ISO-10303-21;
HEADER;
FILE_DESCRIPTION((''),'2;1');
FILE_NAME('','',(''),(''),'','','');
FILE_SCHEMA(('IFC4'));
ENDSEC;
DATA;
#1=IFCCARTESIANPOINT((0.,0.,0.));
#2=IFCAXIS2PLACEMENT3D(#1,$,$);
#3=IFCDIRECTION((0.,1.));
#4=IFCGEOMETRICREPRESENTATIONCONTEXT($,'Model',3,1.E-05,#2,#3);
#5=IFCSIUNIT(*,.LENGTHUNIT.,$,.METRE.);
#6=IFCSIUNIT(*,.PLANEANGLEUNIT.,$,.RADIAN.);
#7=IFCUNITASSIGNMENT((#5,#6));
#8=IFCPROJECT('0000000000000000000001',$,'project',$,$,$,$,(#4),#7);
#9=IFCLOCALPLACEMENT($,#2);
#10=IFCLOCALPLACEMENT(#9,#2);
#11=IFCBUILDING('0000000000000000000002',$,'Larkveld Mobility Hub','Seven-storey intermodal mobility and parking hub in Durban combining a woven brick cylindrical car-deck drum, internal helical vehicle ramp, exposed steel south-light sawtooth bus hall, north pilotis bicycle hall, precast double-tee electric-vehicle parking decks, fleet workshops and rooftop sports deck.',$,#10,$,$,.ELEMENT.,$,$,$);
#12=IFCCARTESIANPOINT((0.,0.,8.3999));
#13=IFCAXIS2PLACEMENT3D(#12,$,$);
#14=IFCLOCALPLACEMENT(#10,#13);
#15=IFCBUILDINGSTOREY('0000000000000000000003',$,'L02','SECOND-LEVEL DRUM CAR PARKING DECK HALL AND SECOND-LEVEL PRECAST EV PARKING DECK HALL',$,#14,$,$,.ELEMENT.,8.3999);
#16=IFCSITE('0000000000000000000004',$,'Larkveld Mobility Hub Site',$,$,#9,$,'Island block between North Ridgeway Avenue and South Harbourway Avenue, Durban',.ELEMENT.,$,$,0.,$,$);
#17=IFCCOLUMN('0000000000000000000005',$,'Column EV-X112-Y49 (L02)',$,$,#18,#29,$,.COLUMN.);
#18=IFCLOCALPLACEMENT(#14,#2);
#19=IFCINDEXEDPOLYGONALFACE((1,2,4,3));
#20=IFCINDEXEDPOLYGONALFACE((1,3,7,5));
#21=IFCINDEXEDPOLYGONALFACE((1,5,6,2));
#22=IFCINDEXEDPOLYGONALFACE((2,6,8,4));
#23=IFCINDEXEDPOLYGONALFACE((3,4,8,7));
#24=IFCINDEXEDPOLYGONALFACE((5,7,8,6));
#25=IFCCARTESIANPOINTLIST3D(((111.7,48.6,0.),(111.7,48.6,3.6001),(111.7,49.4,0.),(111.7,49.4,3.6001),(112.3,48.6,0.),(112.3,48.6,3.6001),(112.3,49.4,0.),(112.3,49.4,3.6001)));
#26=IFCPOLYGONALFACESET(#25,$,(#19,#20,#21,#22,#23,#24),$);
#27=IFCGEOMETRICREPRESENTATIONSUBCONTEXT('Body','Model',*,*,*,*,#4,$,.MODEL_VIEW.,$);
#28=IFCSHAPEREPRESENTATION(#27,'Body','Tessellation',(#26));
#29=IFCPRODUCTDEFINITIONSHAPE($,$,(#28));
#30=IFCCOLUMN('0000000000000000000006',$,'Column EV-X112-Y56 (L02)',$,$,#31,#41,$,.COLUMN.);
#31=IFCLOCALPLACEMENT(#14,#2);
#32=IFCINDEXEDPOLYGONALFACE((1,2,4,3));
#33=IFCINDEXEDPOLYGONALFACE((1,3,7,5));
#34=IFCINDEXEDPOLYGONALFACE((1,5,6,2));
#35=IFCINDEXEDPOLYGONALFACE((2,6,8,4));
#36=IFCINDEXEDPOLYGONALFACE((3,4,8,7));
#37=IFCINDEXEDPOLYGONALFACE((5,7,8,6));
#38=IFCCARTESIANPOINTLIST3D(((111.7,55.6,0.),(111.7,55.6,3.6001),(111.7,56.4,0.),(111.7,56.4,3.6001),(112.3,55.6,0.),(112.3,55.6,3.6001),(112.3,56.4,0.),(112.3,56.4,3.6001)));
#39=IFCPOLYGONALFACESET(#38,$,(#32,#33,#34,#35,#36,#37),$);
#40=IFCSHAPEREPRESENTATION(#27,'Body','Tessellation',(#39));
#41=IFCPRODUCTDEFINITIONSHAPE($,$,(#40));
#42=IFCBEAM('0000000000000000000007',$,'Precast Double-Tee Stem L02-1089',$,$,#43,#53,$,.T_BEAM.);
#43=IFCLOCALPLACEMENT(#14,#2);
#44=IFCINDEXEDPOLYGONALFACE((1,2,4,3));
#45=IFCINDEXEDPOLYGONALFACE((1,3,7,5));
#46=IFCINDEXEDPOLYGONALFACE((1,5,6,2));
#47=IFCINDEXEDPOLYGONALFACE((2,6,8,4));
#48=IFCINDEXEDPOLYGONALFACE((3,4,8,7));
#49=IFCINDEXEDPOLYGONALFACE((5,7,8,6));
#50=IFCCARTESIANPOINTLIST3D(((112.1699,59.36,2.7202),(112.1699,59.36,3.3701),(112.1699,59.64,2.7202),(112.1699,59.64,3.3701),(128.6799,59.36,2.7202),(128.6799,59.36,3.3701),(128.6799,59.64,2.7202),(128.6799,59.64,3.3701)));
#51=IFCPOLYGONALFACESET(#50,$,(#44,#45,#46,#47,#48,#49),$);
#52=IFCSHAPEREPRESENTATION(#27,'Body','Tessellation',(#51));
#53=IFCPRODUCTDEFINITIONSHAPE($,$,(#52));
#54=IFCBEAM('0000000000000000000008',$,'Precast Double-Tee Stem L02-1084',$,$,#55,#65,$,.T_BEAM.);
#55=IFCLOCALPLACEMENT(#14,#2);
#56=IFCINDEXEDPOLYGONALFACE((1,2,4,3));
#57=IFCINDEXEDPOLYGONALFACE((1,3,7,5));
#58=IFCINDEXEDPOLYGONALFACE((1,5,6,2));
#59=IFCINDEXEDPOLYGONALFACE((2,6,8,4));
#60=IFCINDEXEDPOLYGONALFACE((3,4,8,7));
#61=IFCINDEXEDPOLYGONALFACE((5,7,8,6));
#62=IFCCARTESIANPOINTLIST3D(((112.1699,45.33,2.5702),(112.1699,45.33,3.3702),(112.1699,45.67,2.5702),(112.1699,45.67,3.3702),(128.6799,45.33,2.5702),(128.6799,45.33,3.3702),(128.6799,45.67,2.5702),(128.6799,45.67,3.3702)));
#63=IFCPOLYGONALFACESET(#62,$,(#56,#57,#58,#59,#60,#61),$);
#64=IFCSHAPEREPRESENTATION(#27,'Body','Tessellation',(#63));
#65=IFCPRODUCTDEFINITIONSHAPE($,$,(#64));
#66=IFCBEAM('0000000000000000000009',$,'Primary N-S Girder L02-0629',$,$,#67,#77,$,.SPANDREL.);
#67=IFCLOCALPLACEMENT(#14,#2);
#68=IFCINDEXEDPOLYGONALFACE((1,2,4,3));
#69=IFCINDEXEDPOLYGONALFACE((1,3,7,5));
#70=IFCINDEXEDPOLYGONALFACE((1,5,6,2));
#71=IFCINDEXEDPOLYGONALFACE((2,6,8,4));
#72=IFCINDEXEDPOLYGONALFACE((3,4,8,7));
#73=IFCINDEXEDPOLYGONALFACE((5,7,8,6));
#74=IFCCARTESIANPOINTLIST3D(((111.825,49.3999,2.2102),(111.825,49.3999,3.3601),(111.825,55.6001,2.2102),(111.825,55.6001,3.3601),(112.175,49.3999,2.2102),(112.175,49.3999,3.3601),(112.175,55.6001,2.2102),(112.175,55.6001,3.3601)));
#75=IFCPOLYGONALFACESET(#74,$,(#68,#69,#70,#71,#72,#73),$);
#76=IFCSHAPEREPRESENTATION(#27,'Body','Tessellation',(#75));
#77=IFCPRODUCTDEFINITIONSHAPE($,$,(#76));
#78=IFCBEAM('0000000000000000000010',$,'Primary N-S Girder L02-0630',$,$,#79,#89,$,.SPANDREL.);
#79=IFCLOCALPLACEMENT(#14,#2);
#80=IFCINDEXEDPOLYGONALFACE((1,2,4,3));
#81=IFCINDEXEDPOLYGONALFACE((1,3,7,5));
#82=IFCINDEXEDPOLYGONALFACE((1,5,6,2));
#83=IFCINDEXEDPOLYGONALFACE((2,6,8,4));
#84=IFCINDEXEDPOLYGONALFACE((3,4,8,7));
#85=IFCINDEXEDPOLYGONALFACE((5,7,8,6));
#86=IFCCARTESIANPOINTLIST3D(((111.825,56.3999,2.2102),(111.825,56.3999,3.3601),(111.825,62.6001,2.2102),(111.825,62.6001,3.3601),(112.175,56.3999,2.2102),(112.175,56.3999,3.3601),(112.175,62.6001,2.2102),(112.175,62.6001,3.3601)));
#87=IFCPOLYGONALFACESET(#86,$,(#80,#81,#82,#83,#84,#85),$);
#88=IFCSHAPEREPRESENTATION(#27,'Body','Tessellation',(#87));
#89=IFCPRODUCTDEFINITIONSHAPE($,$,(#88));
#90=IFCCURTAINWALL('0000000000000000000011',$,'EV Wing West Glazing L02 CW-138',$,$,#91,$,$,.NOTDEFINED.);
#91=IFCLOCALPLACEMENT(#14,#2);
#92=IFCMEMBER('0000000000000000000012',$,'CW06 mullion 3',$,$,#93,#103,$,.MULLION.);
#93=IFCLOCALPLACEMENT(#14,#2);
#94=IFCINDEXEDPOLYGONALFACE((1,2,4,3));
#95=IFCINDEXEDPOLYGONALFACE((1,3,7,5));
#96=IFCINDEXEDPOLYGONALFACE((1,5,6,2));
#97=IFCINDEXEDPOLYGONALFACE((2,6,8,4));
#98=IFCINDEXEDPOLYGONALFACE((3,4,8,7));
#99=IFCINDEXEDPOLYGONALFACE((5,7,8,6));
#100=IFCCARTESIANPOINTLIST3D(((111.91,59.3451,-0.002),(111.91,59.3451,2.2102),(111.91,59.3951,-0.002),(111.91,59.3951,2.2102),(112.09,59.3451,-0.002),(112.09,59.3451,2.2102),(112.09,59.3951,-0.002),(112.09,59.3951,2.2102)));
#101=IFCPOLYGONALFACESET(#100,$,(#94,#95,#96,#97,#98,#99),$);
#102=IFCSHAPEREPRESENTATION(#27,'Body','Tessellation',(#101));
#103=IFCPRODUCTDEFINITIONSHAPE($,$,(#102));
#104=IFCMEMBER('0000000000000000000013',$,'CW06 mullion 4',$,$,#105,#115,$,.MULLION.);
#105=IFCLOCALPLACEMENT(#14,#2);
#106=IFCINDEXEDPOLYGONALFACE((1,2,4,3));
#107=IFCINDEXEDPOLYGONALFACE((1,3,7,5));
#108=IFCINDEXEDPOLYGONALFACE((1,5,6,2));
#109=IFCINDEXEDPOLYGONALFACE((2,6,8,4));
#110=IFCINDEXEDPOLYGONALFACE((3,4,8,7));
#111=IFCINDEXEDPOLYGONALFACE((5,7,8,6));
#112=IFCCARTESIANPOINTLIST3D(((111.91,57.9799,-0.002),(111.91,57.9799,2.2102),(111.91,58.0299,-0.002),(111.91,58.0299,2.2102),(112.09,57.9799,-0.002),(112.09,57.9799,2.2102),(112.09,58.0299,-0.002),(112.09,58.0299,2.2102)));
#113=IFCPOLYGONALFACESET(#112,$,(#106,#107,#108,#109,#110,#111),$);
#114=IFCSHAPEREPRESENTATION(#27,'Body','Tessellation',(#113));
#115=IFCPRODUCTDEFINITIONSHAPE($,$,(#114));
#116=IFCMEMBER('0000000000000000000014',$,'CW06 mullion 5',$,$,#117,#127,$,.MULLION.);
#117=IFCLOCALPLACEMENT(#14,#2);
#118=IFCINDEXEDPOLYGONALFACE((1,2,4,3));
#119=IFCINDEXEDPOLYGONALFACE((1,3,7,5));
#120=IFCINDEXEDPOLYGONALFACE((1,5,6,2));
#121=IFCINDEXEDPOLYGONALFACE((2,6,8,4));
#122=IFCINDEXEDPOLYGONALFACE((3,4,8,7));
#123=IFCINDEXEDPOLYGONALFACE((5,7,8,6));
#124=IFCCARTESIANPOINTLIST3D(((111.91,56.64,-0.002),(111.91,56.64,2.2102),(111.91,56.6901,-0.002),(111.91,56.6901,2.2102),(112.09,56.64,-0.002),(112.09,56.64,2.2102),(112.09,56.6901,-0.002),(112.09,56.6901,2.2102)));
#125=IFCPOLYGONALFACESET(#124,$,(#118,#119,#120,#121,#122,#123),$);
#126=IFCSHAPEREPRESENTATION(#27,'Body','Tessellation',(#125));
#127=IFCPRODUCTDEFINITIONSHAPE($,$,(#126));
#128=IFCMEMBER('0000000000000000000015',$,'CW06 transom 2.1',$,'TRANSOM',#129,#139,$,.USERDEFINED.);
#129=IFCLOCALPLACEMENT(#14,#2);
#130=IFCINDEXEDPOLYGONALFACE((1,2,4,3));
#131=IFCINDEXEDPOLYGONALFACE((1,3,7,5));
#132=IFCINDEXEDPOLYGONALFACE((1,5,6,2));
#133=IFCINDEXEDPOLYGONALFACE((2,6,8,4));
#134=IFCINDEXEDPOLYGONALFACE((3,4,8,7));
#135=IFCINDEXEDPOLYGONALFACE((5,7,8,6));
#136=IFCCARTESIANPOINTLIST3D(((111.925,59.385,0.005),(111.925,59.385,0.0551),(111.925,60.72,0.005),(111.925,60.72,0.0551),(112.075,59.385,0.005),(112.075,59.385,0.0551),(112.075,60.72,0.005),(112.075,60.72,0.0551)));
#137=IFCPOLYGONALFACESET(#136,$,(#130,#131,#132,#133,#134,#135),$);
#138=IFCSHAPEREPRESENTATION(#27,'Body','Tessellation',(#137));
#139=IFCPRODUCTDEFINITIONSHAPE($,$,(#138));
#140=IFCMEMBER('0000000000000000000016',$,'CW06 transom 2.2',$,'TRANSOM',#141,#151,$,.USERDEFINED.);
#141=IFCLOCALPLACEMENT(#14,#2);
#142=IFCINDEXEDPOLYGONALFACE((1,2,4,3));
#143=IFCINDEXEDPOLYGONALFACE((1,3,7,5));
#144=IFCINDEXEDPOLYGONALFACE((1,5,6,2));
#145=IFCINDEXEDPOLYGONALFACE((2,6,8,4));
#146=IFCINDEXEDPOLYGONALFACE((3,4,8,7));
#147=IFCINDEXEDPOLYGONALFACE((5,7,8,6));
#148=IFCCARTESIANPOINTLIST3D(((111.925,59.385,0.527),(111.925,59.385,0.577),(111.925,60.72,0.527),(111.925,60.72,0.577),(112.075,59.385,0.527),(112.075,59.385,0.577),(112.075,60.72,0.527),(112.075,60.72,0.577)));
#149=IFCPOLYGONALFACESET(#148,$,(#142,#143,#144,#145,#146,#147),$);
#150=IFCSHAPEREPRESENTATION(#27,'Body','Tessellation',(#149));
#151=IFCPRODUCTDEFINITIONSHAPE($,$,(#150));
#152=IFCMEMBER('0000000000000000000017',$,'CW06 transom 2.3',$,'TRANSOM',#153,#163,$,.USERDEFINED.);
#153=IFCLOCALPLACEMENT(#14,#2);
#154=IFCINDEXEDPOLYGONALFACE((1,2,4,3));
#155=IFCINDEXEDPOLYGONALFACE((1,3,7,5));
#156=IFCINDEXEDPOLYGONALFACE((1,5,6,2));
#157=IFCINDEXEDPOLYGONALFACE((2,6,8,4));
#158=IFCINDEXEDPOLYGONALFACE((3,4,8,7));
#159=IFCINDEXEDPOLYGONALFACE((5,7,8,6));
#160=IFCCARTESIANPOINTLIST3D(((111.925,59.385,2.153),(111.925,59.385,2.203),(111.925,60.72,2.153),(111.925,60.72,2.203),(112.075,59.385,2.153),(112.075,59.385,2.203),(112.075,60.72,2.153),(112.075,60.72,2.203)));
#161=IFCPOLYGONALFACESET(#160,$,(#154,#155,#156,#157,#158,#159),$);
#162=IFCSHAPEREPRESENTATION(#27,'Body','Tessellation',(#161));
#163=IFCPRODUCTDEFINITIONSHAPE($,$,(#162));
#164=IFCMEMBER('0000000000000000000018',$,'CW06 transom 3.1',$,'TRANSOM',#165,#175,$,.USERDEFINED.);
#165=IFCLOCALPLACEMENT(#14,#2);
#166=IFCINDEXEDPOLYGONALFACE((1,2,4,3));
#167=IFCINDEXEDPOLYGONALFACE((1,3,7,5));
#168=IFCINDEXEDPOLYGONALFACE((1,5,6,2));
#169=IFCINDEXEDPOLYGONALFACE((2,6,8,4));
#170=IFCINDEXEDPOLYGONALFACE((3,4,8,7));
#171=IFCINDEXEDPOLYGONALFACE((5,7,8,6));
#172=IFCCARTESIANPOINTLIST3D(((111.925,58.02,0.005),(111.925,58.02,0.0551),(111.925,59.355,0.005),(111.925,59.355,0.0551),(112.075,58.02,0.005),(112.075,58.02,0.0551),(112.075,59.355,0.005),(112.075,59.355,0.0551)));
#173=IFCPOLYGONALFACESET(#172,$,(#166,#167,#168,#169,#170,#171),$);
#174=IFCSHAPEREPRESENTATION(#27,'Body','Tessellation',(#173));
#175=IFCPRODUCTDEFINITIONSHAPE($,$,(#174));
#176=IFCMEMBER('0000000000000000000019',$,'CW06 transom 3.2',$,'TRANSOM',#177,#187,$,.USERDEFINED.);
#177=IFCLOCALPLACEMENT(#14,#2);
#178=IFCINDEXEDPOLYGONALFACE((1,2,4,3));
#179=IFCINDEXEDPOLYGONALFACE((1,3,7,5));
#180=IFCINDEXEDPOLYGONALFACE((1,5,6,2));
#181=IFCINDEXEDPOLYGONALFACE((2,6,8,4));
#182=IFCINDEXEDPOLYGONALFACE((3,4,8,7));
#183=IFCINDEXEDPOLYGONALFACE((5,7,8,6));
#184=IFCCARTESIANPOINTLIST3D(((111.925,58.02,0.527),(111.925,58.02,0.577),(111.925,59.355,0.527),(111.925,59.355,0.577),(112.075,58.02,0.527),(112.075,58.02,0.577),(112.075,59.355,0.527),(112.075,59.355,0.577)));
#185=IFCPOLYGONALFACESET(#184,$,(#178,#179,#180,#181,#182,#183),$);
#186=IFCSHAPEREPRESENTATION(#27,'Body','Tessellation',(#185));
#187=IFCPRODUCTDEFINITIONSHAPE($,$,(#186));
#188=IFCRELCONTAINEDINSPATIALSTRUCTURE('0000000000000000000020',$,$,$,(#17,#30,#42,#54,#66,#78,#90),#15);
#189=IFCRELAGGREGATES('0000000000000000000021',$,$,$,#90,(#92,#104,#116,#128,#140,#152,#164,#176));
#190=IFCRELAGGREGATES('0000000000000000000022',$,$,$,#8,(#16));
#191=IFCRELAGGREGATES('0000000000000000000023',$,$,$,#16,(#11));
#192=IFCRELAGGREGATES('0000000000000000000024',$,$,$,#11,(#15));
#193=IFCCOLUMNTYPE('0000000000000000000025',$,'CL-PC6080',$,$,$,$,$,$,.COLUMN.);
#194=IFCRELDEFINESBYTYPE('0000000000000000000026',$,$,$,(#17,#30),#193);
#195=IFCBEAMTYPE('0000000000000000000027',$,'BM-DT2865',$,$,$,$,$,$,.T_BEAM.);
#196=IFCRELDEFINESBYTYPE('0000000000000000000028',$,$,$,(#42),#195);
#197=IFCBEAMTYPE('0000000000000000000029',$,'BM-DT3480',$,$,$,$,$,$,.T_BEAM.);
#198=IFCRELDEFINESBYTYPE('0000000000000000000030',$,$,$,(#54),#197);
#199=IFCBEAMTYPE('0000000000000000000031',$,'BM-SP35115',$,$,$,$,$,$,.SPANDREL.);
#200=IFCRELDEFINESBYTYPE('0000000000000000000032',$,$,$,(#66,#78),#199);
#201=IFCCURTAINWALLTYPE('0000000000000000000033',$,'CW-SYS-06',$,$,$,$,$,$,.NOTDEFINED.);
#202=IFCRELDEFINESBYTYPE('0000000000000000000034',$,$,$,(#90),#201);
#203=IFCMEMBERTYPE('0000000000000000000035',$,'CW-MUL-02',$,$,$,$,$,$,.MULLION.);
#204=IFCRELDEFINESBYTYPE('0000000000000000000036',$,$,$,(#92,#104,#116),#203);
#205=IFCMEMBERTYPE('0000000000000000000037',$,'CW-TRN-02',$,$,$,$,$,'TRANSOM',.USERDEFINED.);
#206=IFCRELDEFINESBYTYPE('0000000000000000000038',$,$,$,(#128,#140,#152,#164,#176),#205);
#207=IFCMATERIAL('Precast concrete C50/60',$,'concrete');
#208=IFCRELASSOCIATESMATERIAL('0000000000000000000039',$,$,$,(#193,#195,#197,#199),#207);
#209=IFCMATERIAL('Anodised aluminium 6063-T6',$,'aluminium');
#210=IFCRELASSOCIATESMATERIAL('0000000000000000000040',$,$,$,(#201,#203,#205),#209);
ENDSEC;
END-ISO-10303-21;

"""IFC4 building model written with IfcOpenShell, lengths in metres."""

from ifc_helpers import new_model, si_unit, direction, frame, origin, origin_2d, place, context, subcontext, project, spatial, rectangle, extrude, material, material_profile, profile_set, type_object, element, aggregate, save


model = new_model("IFC4")

# Units and contexts
model_context = context("Model", 3, precision=1e-05, world=origin(), true_north=direction((0.0, 1.0)))
body_context = subcontext(model_context, "Body", "Model", "MODEL_VIEW")
ifc_project = project(units=[si_unit("LENGTHUNIT", "METRE"), si_unit("PLANEANGLEUNIT", "RADIAN")], contexts=[model_context])

# Site, building, storey
site_placement = place(None, origin())
site = spatial("IfcSite", under=ifc_project, at=site_placement, Name="Larkveld Mobility Hub Site", LongName="Island block between North Ridgeway Avenue and South Harbourway Avenue, Durban", CompositionType="ELEMENT", RefElevation=0.0)
building_placement = place(site_placement, origin())
building = spatial("IfcBuilding", under=site, at=building_placement, Name="Larkveld Mobility Hub", Description="Seven-storey intermodal mobility and parking hub in Durban combining a woven brick cylindrical car-deck drum, internal helical vehicle ramp, exposed steel south-light sawtooth bus hall, north pilotis bicycle hall, precast double-tee electric-vehicle parking decks, fleet workshops and rooftop sports deck.", CompositionType="ELEMENT")
storey_placement = place(building_placement, frame((0.0, 0.0, 8.3999)))
storey = spatial("IfcBuildingStorey", under=building, at=storey_placement, Name="L02", Description="SECOND-LEVEL DRUM CAR PARKING DECK HALL AND SECOND-LEVEL PRECAST EV PARKING DECK HALL", CompositionType="ELEMENT", Elevation=8.3999)

# Columns
ifc_material_1 = material(Name="Precast concrete C50/60", Category="concrete")
ifc_material_profile_1 = material_profile(ifc_material_1, rectangle(XDim=0.6001, YDim=0.8, at=origin_2d()), Name="RC COL 600x800")
ifc_profile_set_1 = profile_set([ifc_material_profile_1], Name="Precast concrete C50/60")
column_type = type_object("IfcColumnType", Name="CL-PC6080", PredefinedType="COLUMN", material=ifc_profile_set_1)
for number, where, z_axis, x_axis, name in (
    (1, (112.0, 49.0, 0.0), (0.0, 0.0, 1.0), (1.0, 0.0, 0.0), "Column EV-X112-Y49 (L02)"),
    (2, (112.0, 56.0, 0.0), (0.0, 0.0, 1.0), (1.0, 0.0, 0.0), "Column EV-X112-Y56 (L02)"),
):
    element("IfcColumn", number, at=place(storey_placement, frame(where, z_axis=z_axis, x_axis=x_axis)), inside=storey, type_object=column_type, Name=name, PredefinedType="COLUMN", context=body_context, shape_type="SweptSolid", body=[
        extrude(rectangle(XDim=0.6001, YDim=0.8, at=origin_2d()), origin(), (0.0, 0.0, 1.0), 3.6001),
    ])

# Beams
ifc_material_profile_2 = material_profile(ifc_material_1, rectangle(XDim=0.28, YDim=0.6499, at=origin_2d()), Name="PC DT 280x650")
ifc_profile_set_2 = profile_set([ifc_material_profile_2], Name="Precast concrete C50/60")
beam_type_1 = type_object("IfcBeamType", Name="BM-DT2865", PredefinedType="T_BEAM", material=ifc_profile_set_2)
beam_1_placement = place(storey_placement, frame((112.1699, 59.5, 3.0452), z_axis=(1.0, 0.0, 0.0), x_axis=(0.0, 1.0, 0.0)))
element("IfcBeam", 3, at=beam_1_placement, inside=storey, type_object=beam_type_1, Name="Precast Double-Tee Stem L02-1089", PredefinedType="T_BEAM", context=body_context, shape_type="SweptSolid", body=[
    extrude(rectangle(XDim=0.28, YDim=0.6499, at=origin_2d()), origin(), (0.0, 0.0, 1.0), 16.51),
])
ifc_material_profile_3 = material_profile(ifc_material_1, rectangle(XDim=0.3401, YDim=0.8, at=origin_2d()), Name="PC DT 340x800")
ifc_profile_set_3 = profile_set([ifc_material_profile_3], Name="Precast concrete C50/60")
beam_type_2 = type_object("IfcBeamType", Name="BM-DT3480", PredefinedType="T_BEAM", material=ifc_profile_set_3)
beam_2_placement = place(storey_placement, frame((112.1699, 45.5, 2.9702), z_axis=(1.0, 0.0, 0.0), x_axis=(0.0, 1.0, 0.0)))
element("IfcBeam", 4, at=beam_2_placement, inside=storey, type_object=beam_type_2, Name="Precast Double-Tee Stem L02-1084", PredefinedType="T_BEAM", context=body_context, shape_type="SweptSolid", body=[
    extrude(rectangle(XDim=0.3401, YDim=0.8, at=origin_2d()), origin(), (0.0, 0.0, 1.0), 16.51),
])
ifc_material_profile_4 = material_profile(ifc_material_1, rectangle(XDim=0.3501, YDim=1.1499, at=origin_2d()), Name="PC SP 350x1150")
ifc_profile_set_4 = profile_set([ifc_material_profile_4], Name="Precast concrete C50/60")
beam_type_3 = type_object("IfcBeamType", Name="BM-SP35115", PredefinedType="SPANDREL", material=ifc_profile_set_4)
for number, where, z_axis, x_axis, name in (
    (5, (112.0, 49.3999, 2.7852), (0.0, 1.0, 0.0), (-1.0, 0.0, 0.0), "Primary N-S Girder L02-0629"),
    (6, (112.0, 56.3999, 2.7852), (0.0, 1.0, 0.0), (-1.0, 0.0, 0.0), "Primary N-S Girder L02-0630"),
):
    element("IfcBeam", number, at=place(storey_placement, frame(where, z_axis=z_axis, x_axis=x_axis)), inside=storey, type_object=beam_type_3, Name=name, PredefinedType="SPANDREL", context=body_context, shape_type="SweptSolid", body=[
        extrude(rectangle(XDim=0.3501, YDim=1.1499, at=origin_2d()), origin(), (0.0, 0.0, 1.0), 6.2002),
    ])

# Curtain wall, members
ifc_material_2 = material(Name="Anodised aluminium 6063-T6", Category="aluminium")
curtain_wall_type = type_object("IfcCurtainWallType", Name="CW-SYS-06", PredefinedType="NOTDEFINED", material=ifc_material_2)
curtain_wall_placement = place(storey_placement, origin())
curtain_wall = element("IfcCurtainWall", 7, at=curtain_wall_placement, inside=storey, type_object=curtain_wall_type, Name="EV Wing West Glazing L02 CW-138", PredefinedType="NOTDEFINED")
ifc_material_profile_5 = material_profile(ifc_material_2, rectangle(XDim=0.05, YDim=0.1799, at=origin_2d()), Name="ALU MULL 50x180")
ifc_profile_set_5 = profile_set([ifc_material_profile_5], Name="Anodised aluminium 6063-T6")
member_type_1 = type_object("IfcMemberType", Name="CW-MUL-02", PredefinedType="MULLION", material=ifc_profile_set_5)
member_1_placement = place(storey_placement, frame((112.0, 59.3701, -0.002), z_axis=(0.0, 0.0, 1.0), x_axis=(0.0, -1.0, 0.0)))
member_1 = element("IfcMember", 8, at=member_1_placement, type_object=member_type_1, Name="CW06 mullion 3", PredefinedType="MULLION", context=body_context, shape_type="SweptSolid", body=[
    extrude(rectangle(XDim=0.05, YDim=0.1799, at=origin_2d()), origin(), (0.0, 0.0, 1.0), 2.2122),
])
member_2_placement = place(storey_placement, frame((112.0, 58.0049, -0.002), z_axis=(0.0, 0.0, 1.0), x_axis=(0.0, -1.0, 0.0)))
member_2 = element("IfcMember", 9, at=member_2_placement, type_object=member_type_1, Name="CW06 mullion 4", PredefinedType="MULLION", context=body_context, shape_type="SweptSolid", body=[
    extrude(rectangle(XDim=0.05, YDim=0.1799, at=origin_2d()), origin(), (0.0, 0.0, 1.0), 2.2122),
])
member_3_placement = place(storey_placement, frame((112.0, 56.665, -0.002), z_axis=(0.0, 0.0, 1.0), x_axis=(0.0, -1.0, 0.0)))
member_3 = element("IfcMember", 10, at=member_3_placement, type_object=member_type_1, Name="CW06 mullion 5", PredefinedType="MULLION", context=body_context, shape_type="SweptSolid", body=[
    extrude(rectangle(XDim=0.05, YDim=0.1799, at=origin_2d()), origin(), (0.0, 0.0, 1.0), 2.2122),
])
ifc_material_profile_6 = material_profile(ifc_material_2, rectangle(XDim=0.1499, YDim=0.05, at=origin_2d()), Name="ALU TRAN 50x150")
ifc_profile_set_6 = profile_set([ifc_material_profile_6], Name="Anodised aluminium 6063-T6")
member_type_2 = type_object("IfcMemberType", Name="CW-TRN-02", ElementType="TRANSOM", PredefinedType="USERDEFINED", material=ifc_profile_set_6)
member_4_placement = place(storey_placement, frame((112.0, 60.72, 0.03), z_axis=(0.0, -1.0, 0.0), x_axis=(1.0, 0.0, 0.0)))
member_4 = element("IfcMember", 11, at=member_4_placement, type_object=member_type_2, Name="CW06 transom 2.1", ObjectType="TRANSOM", PredefinedType="USERDEFINED", context=body_context, shape_type="SweptSolid", body=[
    extrude(rectangle(XDim=0.1499, YDim=0.05, at=origin_2d()), origin(), (0.0, 0.0, 1.0), 1.335),
])
member_5_placement = place(storey_placement, frame((112.0, 60.72, 0.552), z_axis=(0.0, -1.0, 0.0), x_axis=(1.0, 0.0, 0.0)))
member_5 = element("IfcMember", 12, at=member_5_placement, type_object=member_type_2, Name="CW06 transom 2.2", ObjectType="TRANSOM", PredefinedType="USERDEFINED", context=body_context, shape_type="SweptSolid", body=[
    extrude(rectangle(XDim=0.1499, YDim=0.05, at=origin_2d()), origin(), (0.0, 0.0, 1.0), 1.335),
])
member_6_placement = place(storey_placement, frame((112.0, 60.72, 2.178), z_axis=(0.0, -1.0, 0.0), x_axis=(1.0, 0.0, 0.0)))
member_6 = element("IfcMember", 13, at=member_6_placement, type_object=member_type_2, Name="CW06 transom 2.3", ObjectType="TRANSOM", PredefinedType="USERDEFINED", context=body_context, shape_type="SweptSolid", body=[
    extrude(rectangle(XDim=0.1499, YDim=0.05, at=origin_2d()), origin(), (0.0, 0.0, 1.0), 1.335),
])
member_7_placement = place(storey_placement, frame((112.0, 59.355, 0.03), z_axis=(0.0, -1.0, 0.0), x_axis=(1.0, 0.0, 0.0)))
member_7 = element("IfcMember", 14, at=member_7_placement, type_object=member_type_2, Name="CW06 transom 3.1", ObjectType="TRANSOM", PredefinedType="USERDEFINED", context=body_context, shape_type="SweptSolid", body=[
    extrude(rectangle(XDim=0.1499, YDim=0.05, at=origin_2d()), origin(), (0.0, 0.0, 1.0), 1.335),
])
member_8_placement = place(storey_placement, frame((112.0, 59.355, 0.552), z_axis=(0.0, -1.0, 0.0), x_axis=(1.0, 0.0, 0.0)))
member_8 = element("IfcMember", 15, at=member_8_placement, type_object=member_type_2, Name="CW06 transom 3.2", ObjectType="TRANSOM", PredefinedType="USERDEFINED", context=body_context, shape_type="SweptSolid", body=[
    extrude(rectangle(XDim=0.1499, YDim=0.05, at=origin_2d()), origin(), (0.0, 0.0, 1.0), 1.335),
])
aggregate(curtain_wall, [member_1, member_2, member_3, member_4, member_5, member_6, member_7, member_8])

save(model, "model.ifc")
